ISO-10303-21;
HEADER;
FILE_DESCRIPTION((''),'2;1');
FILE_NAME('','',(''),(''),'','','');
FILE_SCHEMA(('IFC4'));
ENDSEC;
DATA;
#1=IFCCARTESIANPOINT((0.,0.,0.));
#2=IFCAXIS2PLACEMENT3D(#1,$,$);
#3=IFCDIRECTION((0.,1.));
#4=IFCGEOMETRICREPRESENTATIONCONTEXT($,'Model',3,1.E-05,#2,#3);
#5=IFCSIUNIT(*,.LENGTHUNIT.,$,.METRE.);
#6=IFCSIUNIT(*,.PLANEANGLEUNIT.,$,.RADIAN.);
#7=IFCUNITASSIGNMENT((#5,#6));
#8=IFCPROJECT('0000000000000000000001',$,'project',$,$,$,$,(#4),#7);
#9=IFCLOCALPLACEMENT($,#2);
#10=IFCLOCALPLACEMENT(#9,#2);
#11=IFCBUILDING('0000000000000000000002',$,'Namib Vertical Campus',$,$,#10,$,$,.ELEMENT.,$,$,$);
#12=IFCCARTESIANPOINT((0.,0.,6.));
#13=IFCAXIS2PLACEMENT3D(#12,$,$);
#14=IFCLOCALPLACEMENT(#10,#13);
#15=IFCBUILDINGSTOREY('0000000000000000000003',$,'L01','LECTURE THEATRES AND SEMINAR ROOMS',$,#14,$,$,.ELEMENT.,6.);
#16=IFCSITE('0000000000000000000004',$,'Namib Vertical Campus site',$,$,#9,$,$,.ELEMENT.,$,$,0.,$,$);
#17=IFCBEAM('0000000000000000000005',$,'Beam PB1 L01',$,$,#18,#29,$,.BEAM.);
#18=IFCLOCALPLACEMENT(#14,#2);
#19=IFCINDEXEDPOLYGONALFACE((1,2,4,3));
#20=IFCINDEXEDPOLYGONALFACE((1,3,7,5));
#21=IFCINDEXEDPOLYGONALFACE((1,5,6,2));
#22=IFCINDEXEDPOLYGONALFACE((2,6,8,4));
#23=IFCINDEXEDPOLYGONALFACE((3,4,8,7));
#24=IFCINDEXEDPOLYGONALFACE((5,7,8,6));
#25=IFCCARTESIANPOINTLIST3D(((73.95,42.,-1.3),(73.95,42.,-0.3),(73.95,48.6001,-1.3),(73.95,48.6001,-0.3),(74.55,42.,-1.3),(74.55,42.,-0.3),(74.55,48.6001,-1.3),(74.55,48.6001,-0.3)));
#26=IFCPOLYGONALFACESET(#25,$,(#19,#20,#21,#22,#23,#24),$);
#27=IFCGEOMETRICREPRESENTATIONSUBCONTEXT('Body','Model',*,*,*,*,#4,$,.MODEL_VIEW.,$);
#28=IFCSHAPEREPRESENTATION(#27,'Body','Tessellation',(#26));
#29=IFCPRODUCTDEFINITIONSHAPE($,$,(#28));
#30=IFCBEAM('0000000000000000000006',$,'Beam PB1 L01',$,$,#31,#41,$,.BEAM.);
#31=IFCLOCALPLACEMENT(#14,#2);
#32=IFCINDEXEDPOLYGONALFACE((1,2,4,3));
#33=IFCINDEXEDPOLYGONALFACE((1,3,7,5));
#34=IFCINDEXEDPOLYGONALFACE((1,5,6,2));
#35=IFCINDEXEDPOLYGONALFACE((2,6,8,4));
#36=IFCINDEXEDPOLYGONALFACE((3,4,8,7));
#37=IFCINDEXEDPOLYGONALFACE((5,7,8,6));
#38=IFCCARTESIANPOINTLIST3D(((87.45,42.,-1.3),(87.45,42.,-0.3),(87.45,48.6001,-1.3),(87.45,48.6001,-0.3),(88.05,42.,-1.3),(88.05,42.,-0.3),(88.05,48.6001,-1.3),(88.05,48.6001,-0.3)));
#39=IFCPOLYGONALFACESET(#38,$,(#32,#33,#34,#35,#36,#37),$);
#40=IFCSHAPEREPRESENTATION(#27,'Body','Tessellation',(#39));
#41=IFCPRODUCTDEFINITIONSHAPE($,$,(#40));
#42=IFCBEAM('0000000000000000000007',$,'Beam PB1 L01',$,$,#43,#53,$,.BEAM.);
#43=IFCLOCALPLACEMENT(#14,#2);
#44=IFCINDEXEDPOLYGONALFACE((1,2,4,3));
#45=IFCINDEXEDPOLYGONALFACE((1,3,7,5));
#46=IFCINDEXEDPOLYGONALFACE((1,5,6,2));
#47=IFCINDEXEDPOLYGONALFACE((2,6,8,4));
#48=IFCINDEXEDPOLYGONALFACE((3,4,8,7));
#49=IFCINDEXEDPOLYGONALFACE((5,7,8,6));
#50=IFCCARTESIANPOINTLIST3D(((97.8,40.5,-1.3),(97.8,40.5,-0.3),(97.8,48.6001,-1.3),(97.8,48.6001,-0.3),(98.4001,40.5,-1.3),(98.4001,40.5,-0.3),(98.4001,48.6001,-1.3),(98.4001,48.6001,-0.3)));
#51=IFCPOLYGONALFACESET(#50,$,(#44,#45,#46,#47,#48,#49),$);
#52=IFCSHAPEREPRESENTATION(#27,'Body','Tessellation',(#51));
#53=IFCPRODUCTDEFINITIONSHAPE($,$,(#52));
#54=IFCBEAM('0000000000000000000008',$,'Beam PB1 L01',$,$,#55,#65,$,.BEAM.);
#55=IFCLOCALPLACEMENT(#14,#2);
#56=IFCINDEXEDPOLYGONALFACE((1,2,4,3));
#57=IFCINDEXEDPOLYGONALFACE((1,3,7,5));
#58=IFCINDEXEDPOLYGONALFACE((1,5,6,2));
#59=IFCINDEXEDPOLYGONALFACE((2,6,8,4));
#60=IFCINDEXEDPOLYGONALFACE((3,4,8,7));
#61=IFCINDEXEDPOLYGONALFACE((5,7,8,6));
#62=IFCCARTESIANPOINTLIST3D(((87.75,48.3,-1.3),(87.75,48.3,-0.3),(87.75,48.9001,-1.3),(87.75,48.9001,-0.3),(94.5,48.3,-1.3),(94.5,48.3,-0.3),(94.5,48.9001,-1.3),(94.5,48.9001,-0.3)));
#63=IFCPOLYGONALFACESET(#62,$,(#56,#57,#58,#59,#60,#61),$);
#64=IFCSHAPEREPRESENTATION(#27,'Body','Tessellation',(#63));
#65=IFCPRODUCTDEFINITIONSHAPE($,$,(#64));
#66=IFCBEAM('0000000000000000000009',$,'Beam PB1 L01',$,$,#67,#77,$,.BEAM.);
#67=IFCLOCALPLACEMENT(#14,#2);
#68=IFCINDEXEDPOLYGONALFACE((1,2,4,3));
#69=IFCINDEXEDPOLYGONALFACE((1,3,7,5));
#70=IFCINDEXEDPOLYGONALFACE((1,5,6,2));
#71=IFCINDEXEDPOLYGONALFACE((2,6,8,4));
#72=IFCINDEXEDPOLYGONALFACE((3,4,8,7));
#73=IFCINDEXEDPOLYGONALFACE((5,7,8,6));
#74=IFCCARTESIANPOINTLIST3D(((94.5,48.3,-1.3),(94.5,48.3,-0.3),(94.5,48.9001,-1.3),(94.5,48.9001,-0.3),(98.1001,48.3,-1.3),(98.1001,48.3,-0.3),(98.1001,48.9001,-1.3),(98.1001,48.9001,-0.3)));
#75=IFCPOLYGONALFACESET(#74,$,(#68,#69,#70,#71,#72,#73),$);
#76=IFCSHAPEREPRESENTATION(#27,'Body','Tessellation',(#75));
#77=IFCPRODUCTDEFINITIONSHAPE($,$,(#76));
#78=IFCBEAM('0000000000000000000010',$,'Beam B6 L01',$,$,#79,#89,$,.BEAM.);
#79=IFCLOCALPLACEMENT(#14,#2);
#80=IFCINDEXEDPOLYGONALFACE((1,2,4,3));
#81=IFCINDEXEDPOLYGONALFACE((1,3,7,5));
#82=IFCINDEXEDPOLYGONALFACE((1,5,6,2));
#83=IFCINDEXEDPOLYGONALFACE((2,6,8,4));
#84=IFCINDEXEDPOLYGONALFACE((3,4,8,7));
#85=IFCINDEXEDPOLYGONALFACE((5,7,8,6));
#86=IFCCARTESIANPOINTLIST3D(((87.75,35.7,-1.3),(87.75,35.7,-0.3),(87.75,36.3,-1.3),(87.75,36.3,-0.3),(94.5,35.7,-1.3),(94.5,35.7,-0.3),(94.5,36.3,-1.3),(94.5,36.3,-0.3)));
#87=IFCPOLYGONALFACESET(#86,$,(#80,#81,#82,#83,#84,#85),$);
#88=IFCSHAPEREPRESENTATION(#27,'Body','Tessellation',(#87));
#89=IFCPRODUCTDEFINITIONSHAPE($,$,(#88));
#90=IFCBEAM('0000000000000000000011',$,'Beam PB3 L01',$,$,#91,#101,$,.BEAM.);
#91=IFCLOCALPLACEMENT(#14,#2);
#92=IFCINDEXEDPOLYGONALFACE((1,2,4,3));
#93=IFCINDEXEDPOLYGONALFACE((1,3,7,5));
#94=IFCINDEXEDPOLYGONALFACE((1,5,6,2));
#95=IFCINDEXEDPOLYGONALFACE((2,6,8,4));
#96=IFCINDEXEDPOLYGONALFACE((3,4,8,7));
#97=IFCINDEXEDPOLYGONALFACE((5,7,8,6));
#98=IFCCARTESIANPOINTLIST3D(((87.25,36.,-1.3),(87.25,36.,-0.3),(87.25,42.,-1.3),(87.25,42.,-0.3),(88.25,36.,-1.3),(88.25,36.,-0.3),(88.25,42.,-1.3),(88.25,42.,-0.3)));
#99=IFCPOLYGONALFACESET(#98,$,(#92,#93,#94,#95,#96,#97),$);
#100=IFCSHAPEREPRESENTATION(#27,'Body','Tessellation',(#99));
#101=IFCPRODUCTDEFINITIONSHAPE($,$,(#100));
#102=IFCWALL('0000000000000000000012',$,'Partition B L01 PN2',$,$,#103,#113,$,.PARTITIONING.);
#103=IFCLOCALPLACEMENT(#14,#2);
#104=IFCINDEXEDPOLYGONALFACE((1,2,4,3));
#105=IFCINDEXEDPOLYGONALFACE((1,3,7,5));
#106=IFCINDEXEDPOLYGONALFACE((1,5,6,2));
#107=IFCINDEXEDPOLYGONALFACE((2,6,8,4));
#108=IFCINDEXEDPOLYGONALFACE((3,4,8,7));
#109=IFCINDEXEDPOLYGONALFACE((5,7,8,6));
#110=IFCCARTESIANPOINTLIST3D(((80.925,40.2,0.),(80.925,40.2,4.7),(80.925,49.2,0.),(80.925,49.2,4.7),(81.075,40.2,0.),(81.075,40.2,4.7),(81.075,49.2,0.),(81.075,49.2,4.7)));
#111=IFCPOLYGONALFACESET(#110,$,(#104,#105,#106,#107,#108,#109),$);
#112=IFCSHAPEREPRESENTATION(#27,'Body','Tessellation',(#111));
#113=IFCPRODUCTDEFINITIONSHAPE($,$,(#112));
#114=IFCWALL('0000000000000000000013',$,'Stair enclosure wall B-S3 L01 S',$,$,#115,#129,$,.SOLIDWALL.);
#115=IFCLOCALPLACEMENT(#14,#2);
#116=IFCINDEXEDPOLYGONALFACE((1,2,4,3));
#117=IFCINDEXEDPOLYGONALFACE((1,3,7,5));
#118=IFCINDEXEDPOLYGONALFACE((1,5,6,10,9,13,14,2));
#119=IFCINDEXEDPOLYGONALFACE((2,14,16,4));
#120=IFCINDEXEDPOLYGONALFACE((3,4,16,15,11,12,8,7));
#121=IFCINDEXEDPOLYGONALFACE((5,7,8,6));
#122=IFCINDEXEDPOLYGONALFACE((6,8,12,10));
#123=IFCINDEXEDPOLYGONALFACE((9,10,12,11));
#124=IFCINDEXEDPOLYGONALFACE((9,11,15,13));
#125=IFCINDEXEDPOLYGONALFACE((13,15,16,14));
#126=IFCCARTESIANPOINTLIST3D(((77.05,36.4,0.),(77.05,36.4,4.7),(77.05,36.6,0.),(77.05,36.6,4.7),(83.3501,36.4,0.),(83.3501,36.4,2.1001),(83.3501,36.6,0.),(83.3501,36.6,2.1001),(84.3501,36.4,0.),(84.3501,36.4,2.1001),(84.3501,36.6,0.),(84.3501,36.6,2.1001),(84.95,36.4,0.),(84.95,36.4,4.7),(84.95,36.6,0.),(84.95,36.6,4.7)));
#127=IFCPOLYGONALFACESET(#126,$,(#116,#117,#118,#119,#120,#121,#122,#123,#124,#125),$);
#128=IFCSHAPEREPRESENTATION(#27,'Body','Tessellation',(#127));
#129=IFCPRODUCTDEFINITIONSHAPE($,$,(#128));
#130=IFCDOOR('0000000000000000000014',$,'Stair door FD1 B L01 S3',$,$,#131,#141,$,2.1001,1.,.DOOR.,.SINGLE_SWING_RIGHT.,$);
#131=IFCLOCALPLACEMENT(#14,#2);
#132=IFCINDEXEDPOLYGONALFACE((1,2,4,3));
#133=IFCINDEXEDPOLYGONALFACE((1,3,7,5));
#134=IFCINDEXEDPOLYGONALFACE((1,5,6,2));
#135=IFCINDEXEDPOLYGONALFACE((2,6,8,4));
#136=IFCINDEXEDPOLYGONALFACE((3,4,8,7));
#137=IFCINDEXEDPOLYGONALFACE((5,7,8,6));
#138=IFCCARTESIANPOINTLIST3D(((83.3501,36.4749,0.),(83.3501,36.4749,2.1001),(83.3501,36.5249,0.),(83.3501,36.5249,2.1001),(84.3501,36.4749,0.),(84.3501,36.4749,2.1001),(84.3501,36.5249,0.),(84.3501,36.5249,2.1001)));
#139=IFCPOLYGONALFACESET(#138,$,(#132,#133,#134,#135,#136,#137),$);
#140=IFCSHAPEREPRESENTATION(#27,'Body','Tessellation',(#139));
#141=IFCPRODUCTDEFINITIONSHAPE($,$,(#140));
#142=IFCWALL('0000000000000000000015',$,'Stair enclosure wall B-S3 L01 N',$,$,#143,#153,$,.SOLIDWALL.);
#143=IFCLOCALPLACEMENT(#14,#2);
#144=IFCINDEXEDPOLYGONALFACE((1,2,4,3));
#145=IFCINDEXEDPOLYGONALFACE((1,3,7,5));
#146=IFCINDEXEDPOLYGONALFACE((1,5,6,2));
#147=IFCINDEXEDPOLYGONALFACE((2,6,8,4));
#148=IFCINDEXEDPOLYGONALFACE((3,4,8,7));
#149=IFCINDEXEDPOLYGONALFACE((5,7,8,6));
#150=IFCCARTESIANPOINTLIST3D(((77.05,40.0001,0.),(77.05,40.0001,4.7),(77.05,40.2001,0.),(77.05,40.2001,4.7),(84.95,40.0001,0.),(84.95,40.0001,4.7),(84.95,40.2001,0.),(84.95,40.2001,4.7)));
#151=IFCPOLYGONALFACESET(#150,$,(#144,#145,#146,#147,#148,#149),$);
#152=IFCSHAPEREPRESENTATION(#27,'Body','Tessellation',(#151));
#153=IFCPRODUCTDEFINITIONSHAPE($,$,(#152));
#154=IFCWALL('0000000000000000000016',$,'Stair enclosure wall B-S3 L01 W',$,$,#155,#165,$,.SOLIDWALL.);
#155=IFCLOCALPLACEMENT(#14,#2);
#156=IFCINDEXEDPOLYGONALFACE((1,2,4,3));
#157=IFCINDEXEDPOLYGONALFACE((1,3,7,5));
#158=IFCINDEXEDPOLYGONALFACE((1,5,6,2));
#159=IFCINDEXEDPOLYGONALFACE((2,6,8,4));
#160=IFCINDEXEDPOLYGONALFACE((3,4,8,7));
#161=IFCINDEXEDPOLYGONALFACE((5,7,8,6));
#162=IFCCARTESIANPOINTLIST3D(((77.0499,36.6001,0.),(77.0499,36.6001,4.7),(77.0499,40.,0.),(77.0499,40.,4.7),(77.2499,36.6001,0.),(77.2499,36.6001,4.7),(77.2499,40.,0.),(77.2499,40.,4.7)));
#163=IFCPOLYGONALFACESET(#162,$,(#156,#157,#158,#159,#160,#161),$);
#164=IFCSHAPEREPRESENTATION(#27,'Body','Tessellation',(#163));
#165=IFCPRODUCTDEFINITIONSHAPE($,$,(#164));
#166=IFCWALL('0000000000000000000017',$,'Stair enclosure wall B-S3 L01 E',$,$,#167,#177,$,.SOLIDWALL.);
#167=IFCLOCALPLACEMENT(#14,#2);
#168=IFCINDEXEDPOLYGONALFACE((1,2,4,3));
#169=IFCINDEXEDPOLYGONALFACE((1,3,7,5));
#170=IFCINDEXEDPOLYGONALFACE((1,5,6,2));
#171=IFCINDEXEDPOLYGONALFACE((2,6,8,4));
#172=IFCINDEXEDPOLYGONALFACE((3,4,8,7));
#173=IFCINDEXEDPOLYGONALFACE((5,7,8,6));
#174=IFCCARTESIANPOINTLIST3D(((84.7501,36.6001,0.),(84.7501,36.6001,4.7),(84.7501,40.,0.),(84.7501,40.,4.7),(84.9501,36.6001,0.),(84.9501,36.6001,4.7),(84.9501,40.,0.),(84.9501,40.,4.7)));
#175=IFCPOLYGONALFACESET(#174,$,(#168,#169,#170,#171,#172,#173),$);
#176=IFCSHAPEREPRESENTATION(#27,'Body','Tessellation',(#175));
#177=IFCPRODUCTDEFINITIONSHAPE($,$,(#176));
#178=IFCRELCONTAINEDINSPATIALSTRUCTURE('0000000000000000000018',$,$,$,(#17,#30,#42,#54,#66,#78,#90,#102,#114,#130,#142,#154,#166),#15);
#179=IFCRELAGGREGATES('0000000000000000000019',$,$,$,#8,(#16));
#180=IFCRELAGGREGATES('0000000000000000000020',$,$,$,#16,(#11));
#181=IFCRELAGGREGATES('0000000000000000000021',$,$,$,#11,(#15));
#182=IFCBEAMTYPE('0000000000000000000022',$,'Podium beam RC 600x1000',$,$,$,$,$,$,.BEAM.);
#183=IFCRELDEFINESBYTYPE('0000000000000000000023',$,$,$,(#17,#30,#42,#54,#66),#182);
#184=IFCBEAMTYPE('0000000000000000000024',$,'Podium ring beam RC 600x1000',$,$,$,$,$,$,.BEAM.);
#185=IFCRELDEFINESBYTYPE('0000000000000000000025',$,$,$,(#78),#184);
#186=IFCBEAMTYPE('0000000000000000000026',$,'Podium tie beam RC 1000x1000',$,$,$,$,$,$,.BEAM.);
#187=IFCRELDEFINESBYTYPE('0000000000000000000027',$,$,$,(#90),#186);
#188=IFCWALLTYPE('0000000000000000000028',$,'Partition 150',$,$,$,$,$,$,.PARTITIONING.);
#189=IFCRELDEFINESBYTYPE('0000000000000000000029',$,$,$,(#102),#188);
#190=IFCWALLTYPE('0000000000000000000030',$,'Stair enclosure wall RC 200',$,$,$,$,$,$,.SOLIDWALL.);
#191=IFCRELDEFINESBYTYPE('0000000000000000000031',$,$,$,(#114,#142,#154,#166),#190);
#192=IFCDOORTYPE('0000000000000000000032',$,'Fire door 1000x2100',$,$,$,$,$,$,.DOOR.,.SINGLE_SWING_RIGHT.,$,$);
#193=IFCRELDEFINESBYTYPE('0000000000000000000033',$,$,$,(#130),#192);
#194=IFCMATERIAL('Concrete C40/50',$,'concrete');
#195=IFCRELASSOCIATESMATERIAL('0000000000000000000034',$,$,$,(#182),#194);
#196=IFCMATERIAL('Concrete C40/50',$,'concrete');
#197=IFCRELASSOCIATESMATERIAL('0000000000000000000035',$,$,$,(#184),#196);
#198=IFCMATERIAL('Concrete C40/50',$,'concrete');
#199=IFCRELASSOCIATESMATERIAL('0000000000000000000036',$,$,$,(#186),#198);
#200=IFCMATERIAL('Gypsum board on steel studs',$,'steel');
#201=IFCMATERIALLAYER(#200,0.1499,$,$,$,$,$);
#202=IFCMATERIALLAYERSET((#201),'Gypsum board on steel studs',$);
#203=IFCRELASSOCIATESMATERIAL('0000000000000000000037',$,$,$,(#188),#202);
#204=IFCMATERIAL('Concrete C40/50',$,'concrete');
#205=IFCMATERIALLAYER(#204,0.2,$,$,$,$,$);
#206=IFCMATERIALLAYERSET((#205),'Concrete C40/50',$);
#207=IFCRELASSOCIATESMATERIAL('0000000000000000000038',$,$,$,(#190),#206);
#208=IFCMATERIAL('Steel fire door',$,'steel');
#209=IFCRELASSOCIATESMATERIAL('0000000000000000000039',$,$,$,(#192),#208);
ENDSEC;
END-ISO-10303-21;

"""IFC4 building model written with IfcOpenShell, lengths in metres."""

from ifc_helpers import new_model, si_unit, direction, frame, frame_2d, origin, origin_2d, place, context, subcontext, project, spatial, rectangle, extrude, material, layer, layer_set, material_profile, profile_set, type_object, element, fill, save


model = new_model("IFC4")

# Units and contexts
model_context = context("Model", 3, precision=1e-05, world=origin(), true_north=direction((0.0, 1.0)))
body_context = subcontext(model_context, "Body", "Model", "MODEL_VIEW")
ifc_project = project(units=[si_unit("LENGTHUNIT", "METRE"), si_unit("PLANEANGLEUNIT", "RADIAN")], contexts=[model_context])

# Site, building, storey
site_placement = place(None, origin())
site = spatial("IfcSite", under=ifc_project, at=site_placement, Name="Namib Vertical Campus site", CompositionType="ELEMENT", RefElevation=0.0)
building_placement = place(site_placement, origin())
building = spatial("IfcBuilding", under=site, at=building_placement, Name="Namib Vertical Campus", CompositionType="ELEMENT")
storey_placement = place(building_placement, frame((0.0, 0.0, 6.0)))
storey = spatial("IfcBuildingStorey", under=building, at=storey_placement, Name="L01", Description="LECTURE THEATRES AND SEMINAR ROOMS", CompositionType="ELEMENT", Elevation=6.0)

# Beams
ifc_material_1 = material(Name="Concrete C40/50", Category="concrete")
ifc_material_profile_1 = material_profile(ifc_material_1, rectangle(XDim=0.6001, YDim=1.0, at=origin_2d()))
ifc_profile_set_1 = profile_set([ifc_material_profile_1], Name="Concrete C40/50")
beam_type_1 = type_object("IfcBeamType", Name="Podium beam RC 600x1000", PredefinedType="BEAM", material=ifc_profile_set_1)
for number, where, z_axis, x_axis, name in (
    (1, (74.25, 42.0, -0.8), (0.0, 1.0, 0.0), (-1.0, 0.0, 0.0), "Beam PB1 L01"),
    (2, (87.75, 42.0, -0.8), (0.0, 1.0, 0.0), (-1.0, 0.0, 0.0), "Beam PB1 L01"),
):
    element("IfcBeam", number, at=place(storey_placement, frame(where, z_axis=z_axis, x_axis=x_axis)), inside=storey, type_object=beam_type_1, Name=name, PredefinedType="BEAM", context=body_context, shape_type="SweptSolid", body=[
        extrude(rectangle(XDim=0.6001, YDim=1.0, at=origin_2d()), origin(), (0.0, 0.0, 1.0), 6.6001),
    ])
beam_1_placement = place(storey_placement, frame((98.1001, 40.5, -0.8), z_axis=(0.0, 1.0, 0.0), x_axis=(-1.0, 0.0, 0.0)))
element("IfcBeam", 3, at=beam_1_placement, inside=storey, type_object=beam_type_1, Name="Beam PB1 L01", PredefinedType="BEAM", context=body_context, shape_type="SweptSolid", body=[
    extrude(rectangle(XDim=0.6001, YDim=1.0, at=origin_2d()), origin(), (0.0, 0.0, 1.0), 8.1001),
])
beam_2_placement = place(storey_placement, frame((87.75, 48.6001, -0.8), z_axis=(1.0, 0.0, 0.0), x_axis=(0.0, 1.0, 0.0)))
element("IfcBeam", 4, at=beam_2_placement, inside=storey, type_object=beam_type_1, Name="Beam PB1 L01", PredefinedType="BEAM", context=body_context, shape_type="SweptSolid", body=[
    extrude(rectangle(XDim=0.6001, YDim=1.0, at=origin_2d()), origin(), (0.0, 0.0, 1.0), 6.75),
])
beam_3_placement = place(storey_placement, frame((94.5, 48.6001, -0.8), z_axis=(1.0, 0.0, 0.0), x_axis=(0.0, 1.0, 0.0)))
element("IfcBeam", 5, at=beam_3_placement, inside=storey, type_object=beam_type_1, Name="Beam PB1 L01", PredefinedType="BEAM", context=body_context, shape_type="SweptSolid", body=[
    extrude(rectangle(XDim=0.6001, YDim=1.0, at=origin_2d()), origin(), (0.0, 0.0, 1.0), 3.6001),
])
ifc_material_2 = material(Name="Concrete C40/50", Category="concrete")
ifc_material_profile_2 = material_profile(ifc_material_2, rectangle(XDim=0.6001, YDim=1.0, at=origin_2d()))
ifc_profile_set_2 = profile_set([ifc_material_profile_2], Name="Concrete C40/50")
beam_type_2 = type_object("IfcBeamType", Name="Podium ring beam RC 600x1000", PredefinedType="BEAM", material=ifc_profile_set_2)
beam_4_placement = place(storey_placement, frame((87.75, 36.0, -0.8), z_axis=(1.0, 0.0, 0.0), x_axis=(0.0, 1.0, 0.0)))
element("IfcBeam", 6, at=beam_4_placement, inside=storey, type_object=beam_type_2, Name="Beam B6 L01", PredefinedType="BEAM", context=body_context, shape_type="SweptSolid", body=[
    extrude(rectangle(XDim=0.6001, YDim=1.0, at=origin_2d()), origin(), (0.0, 0.0, 1.0), 6.75),
])
ifc_material_3 = material(Name="Concrete C40/50", Category="concrete")
ifc_material_profile_3 = material_profile(ifc_material_3, rectangle(XDim=1.0, YDim=1.0, at=origin_2d()))
ifc_profile_set_3 = profile_set([ifc_material_profile_3], Name="Concrete C40/50")
beam_type_3 = type_object("IfcBeamType", Name="Podium tie beam RC 1000x1000", PredefinedType="BEAM", material=ifc_profile_set_3)
beam_5_placement = place(storey_placement, frame((87.75, 36.0, -0.8), z_axis=(0.0, 1.0, 0.0), x_axis=(-1.0, 0.0, 0.0)))
element("IfcBeam", 7, at=beam_5_placement, inside=storey, type_object=beam_type_3, Name="Beam PB3 L01", PredefinedType="BEAM", context=body_context, shape_type="SweptSolid", body=[
    extrude(rectangle(XDim=1.0, YDim=1.0, at=origin_2d()), origin(), (0.0, 0.0, 1.0), 6.0),
])

# Wall
ifc_material_4 = material(Name="Gypsum board on steel studs", Category="steel")
ifc_layer_1 = layer(ifc_material_4, 0.1499)
ifc_layer_set_1 = layer_set([ifc_layer_1], Name="Gypsum board on steel studs")
wall_type_1 = type_object("IfcWallType", Name="Partition 150", PredefinedType="PARTITIONING", material=ifc_layer_set_1)
wall_1_placement = place(storey_placement, frame((81.0, 40.2, 0.0), z_axis=(0.0, 0.0, 1.0), x_axis=(0.0, 1.0, 0.0)))
element("IfcWall", 8, at=wall_1_placement, inside=storey, type_object=wall_type_1, Name="Partition B L01 PN2", PredefinedType="PARTITIONING", context=body_context, shape_type="SweptSolid", body=[
    extrude(rectangle(XDim=9.0, YDim=0.1499, at=frame_2d((4.5, 0.0))), origin(), (0.0, 0.0, 1.0), 4.7),
])

# Wall, opening, door
ifc_material_5 = material(Name="Concrete C40/50", Category="concrete")
ifc_layer_2 = layer(ifc_material_5, 0.2)
ifc_layer_set_2 = layer_set([ifc_layer_2], Name="Concrete C40/50")
wall_type_2 = type_object("IfcWallType", Name="Stair enclosure wall RC 200", PredefinedType="SOLIDWALL", material=ifc_layer_set_2)
wall_2_placement = place(storey_placement, frame((77.05, 36.5, 0.0), z_axis=(0.0, 0.0, 1.0), x_axis=(1.0, 0.0, 0.0)))
wall_2 = element("IfcWall", 9, at=wall_2_placement, inside=storey, type_object=wall_type_2, Name="Stair enclosure wall B-S3 L01 S", PredefinedType="SOLIDWALL", context=body_context, shape_type="SweptSolid", body=[
    extrude(rectangle(XDim=7.8999, YDim=0.2, at=frame_2d((3.95, 0.0))), origin(), (0.0, 0.0, 1.0), 4.7),
])
opening_placement = place(wall_2_placement, frame((6.3, 0.0, 0.0)))
opening = element("IfcOpeningElement", 10, at=opening_placement, cuts=wall_2, PredefinedType="OPENING", context=body_context, shape_type="SweptSolid", body=[
    extrude(rectangle(XDim=1.0, YDim=2.1001, at=frame_2d((0.5, 1.05))), frame((0.0, 0.1099, 0.0), z_axis=(0.0, -1.0, 0.0), x_axis=(1.0, 0.0, 0.0)), (0.0, 0.0, 1.0), 0.22),
])
ifc_material_6 = material(Name="Steel fire door", Category="steel")
door_type = type_object("IfcDoorType", Name="Fire door 1000x2100", OperationType="SINGLE_SWING_RIGHT", PredefinedType="DOOR", material=ifc_material_6)
door_placement = place(opening_placement, origin())
door = element("IfcDoor", 11, at=door_placement, inside=storey, type_object=door_type, Name="Stair door FD1 B L01 S3", OperationType="SINGLE_SWING_RIGHT", OverallHeight=2.1001, OverallWidth=1.0, PredefinedType="DOOR", context=body_context, shape_type="SweptSolid", body=[
    extrude(rectangle(XDim=1.0, YDim=2.1001, at=frame_2d((0.5, 1.05))), frame((0.0, 0.0249, 0.0), z_axis=(0.0, -1.0, 0.0), x_axis=(1.0, 0.0, 0.0)), (0.0, 0.0, 1.0), 0.05),
])
fill(opening, door)

# Walls
wall_3_placement = place(storey_placement, frame((77.05, 40.1001, 0.0), z_axis=(0.0, 0.0, 1.0), x_axis=(1.0, 0.0, 0.0)))
element("IfcWall", 12, at=wall_3_placement, inside=storey, type_object=wall_type_2, Name="Stair enclosure wall B-S3 L01 N", PredefinedType="SOLIDWALL", context=body_context, shape_type="SweptSolid", body=[
    extrude(rectangle(XDim=7.8999, YDim=0.2, at=frame_2d((3.95, 0.0))), origin(), (0.0, 0.0, 1.0), 4.7),
])
for number, where, z_axis, x_axis, name in (
    (13, (77.1499, 36.6001, 0.0), (0.0, 0.0, 1.0), (0.0, 1.0, 0.0), "Stair enclosure wall B-S3 L01 W"),
    (14, (84.8501, 36.6001, 0.0), (0.0, 0.0, 1.0), (0.0, 1.0, 0.0), "Stair enclosure wall B-S3 L01 E"),
):
    element("IfcWall", number, at=place(storey_placement, frame(where, z_axis=z_axis, x_axis=x_axis)), inside=storey, type_object=wall_type_2, Name=name, PredefinedType="SOLIDWALL", context=body_context, shape_type="SweptSolid", body=[
        extrude(rectangle(XDim=3.3999, YDim=0.2, at=frame_2d((1.7, 0.0))), origin(), (0.0, 0.0, 1.0), 4.7),
    ])

save(model, "model.ifc")
